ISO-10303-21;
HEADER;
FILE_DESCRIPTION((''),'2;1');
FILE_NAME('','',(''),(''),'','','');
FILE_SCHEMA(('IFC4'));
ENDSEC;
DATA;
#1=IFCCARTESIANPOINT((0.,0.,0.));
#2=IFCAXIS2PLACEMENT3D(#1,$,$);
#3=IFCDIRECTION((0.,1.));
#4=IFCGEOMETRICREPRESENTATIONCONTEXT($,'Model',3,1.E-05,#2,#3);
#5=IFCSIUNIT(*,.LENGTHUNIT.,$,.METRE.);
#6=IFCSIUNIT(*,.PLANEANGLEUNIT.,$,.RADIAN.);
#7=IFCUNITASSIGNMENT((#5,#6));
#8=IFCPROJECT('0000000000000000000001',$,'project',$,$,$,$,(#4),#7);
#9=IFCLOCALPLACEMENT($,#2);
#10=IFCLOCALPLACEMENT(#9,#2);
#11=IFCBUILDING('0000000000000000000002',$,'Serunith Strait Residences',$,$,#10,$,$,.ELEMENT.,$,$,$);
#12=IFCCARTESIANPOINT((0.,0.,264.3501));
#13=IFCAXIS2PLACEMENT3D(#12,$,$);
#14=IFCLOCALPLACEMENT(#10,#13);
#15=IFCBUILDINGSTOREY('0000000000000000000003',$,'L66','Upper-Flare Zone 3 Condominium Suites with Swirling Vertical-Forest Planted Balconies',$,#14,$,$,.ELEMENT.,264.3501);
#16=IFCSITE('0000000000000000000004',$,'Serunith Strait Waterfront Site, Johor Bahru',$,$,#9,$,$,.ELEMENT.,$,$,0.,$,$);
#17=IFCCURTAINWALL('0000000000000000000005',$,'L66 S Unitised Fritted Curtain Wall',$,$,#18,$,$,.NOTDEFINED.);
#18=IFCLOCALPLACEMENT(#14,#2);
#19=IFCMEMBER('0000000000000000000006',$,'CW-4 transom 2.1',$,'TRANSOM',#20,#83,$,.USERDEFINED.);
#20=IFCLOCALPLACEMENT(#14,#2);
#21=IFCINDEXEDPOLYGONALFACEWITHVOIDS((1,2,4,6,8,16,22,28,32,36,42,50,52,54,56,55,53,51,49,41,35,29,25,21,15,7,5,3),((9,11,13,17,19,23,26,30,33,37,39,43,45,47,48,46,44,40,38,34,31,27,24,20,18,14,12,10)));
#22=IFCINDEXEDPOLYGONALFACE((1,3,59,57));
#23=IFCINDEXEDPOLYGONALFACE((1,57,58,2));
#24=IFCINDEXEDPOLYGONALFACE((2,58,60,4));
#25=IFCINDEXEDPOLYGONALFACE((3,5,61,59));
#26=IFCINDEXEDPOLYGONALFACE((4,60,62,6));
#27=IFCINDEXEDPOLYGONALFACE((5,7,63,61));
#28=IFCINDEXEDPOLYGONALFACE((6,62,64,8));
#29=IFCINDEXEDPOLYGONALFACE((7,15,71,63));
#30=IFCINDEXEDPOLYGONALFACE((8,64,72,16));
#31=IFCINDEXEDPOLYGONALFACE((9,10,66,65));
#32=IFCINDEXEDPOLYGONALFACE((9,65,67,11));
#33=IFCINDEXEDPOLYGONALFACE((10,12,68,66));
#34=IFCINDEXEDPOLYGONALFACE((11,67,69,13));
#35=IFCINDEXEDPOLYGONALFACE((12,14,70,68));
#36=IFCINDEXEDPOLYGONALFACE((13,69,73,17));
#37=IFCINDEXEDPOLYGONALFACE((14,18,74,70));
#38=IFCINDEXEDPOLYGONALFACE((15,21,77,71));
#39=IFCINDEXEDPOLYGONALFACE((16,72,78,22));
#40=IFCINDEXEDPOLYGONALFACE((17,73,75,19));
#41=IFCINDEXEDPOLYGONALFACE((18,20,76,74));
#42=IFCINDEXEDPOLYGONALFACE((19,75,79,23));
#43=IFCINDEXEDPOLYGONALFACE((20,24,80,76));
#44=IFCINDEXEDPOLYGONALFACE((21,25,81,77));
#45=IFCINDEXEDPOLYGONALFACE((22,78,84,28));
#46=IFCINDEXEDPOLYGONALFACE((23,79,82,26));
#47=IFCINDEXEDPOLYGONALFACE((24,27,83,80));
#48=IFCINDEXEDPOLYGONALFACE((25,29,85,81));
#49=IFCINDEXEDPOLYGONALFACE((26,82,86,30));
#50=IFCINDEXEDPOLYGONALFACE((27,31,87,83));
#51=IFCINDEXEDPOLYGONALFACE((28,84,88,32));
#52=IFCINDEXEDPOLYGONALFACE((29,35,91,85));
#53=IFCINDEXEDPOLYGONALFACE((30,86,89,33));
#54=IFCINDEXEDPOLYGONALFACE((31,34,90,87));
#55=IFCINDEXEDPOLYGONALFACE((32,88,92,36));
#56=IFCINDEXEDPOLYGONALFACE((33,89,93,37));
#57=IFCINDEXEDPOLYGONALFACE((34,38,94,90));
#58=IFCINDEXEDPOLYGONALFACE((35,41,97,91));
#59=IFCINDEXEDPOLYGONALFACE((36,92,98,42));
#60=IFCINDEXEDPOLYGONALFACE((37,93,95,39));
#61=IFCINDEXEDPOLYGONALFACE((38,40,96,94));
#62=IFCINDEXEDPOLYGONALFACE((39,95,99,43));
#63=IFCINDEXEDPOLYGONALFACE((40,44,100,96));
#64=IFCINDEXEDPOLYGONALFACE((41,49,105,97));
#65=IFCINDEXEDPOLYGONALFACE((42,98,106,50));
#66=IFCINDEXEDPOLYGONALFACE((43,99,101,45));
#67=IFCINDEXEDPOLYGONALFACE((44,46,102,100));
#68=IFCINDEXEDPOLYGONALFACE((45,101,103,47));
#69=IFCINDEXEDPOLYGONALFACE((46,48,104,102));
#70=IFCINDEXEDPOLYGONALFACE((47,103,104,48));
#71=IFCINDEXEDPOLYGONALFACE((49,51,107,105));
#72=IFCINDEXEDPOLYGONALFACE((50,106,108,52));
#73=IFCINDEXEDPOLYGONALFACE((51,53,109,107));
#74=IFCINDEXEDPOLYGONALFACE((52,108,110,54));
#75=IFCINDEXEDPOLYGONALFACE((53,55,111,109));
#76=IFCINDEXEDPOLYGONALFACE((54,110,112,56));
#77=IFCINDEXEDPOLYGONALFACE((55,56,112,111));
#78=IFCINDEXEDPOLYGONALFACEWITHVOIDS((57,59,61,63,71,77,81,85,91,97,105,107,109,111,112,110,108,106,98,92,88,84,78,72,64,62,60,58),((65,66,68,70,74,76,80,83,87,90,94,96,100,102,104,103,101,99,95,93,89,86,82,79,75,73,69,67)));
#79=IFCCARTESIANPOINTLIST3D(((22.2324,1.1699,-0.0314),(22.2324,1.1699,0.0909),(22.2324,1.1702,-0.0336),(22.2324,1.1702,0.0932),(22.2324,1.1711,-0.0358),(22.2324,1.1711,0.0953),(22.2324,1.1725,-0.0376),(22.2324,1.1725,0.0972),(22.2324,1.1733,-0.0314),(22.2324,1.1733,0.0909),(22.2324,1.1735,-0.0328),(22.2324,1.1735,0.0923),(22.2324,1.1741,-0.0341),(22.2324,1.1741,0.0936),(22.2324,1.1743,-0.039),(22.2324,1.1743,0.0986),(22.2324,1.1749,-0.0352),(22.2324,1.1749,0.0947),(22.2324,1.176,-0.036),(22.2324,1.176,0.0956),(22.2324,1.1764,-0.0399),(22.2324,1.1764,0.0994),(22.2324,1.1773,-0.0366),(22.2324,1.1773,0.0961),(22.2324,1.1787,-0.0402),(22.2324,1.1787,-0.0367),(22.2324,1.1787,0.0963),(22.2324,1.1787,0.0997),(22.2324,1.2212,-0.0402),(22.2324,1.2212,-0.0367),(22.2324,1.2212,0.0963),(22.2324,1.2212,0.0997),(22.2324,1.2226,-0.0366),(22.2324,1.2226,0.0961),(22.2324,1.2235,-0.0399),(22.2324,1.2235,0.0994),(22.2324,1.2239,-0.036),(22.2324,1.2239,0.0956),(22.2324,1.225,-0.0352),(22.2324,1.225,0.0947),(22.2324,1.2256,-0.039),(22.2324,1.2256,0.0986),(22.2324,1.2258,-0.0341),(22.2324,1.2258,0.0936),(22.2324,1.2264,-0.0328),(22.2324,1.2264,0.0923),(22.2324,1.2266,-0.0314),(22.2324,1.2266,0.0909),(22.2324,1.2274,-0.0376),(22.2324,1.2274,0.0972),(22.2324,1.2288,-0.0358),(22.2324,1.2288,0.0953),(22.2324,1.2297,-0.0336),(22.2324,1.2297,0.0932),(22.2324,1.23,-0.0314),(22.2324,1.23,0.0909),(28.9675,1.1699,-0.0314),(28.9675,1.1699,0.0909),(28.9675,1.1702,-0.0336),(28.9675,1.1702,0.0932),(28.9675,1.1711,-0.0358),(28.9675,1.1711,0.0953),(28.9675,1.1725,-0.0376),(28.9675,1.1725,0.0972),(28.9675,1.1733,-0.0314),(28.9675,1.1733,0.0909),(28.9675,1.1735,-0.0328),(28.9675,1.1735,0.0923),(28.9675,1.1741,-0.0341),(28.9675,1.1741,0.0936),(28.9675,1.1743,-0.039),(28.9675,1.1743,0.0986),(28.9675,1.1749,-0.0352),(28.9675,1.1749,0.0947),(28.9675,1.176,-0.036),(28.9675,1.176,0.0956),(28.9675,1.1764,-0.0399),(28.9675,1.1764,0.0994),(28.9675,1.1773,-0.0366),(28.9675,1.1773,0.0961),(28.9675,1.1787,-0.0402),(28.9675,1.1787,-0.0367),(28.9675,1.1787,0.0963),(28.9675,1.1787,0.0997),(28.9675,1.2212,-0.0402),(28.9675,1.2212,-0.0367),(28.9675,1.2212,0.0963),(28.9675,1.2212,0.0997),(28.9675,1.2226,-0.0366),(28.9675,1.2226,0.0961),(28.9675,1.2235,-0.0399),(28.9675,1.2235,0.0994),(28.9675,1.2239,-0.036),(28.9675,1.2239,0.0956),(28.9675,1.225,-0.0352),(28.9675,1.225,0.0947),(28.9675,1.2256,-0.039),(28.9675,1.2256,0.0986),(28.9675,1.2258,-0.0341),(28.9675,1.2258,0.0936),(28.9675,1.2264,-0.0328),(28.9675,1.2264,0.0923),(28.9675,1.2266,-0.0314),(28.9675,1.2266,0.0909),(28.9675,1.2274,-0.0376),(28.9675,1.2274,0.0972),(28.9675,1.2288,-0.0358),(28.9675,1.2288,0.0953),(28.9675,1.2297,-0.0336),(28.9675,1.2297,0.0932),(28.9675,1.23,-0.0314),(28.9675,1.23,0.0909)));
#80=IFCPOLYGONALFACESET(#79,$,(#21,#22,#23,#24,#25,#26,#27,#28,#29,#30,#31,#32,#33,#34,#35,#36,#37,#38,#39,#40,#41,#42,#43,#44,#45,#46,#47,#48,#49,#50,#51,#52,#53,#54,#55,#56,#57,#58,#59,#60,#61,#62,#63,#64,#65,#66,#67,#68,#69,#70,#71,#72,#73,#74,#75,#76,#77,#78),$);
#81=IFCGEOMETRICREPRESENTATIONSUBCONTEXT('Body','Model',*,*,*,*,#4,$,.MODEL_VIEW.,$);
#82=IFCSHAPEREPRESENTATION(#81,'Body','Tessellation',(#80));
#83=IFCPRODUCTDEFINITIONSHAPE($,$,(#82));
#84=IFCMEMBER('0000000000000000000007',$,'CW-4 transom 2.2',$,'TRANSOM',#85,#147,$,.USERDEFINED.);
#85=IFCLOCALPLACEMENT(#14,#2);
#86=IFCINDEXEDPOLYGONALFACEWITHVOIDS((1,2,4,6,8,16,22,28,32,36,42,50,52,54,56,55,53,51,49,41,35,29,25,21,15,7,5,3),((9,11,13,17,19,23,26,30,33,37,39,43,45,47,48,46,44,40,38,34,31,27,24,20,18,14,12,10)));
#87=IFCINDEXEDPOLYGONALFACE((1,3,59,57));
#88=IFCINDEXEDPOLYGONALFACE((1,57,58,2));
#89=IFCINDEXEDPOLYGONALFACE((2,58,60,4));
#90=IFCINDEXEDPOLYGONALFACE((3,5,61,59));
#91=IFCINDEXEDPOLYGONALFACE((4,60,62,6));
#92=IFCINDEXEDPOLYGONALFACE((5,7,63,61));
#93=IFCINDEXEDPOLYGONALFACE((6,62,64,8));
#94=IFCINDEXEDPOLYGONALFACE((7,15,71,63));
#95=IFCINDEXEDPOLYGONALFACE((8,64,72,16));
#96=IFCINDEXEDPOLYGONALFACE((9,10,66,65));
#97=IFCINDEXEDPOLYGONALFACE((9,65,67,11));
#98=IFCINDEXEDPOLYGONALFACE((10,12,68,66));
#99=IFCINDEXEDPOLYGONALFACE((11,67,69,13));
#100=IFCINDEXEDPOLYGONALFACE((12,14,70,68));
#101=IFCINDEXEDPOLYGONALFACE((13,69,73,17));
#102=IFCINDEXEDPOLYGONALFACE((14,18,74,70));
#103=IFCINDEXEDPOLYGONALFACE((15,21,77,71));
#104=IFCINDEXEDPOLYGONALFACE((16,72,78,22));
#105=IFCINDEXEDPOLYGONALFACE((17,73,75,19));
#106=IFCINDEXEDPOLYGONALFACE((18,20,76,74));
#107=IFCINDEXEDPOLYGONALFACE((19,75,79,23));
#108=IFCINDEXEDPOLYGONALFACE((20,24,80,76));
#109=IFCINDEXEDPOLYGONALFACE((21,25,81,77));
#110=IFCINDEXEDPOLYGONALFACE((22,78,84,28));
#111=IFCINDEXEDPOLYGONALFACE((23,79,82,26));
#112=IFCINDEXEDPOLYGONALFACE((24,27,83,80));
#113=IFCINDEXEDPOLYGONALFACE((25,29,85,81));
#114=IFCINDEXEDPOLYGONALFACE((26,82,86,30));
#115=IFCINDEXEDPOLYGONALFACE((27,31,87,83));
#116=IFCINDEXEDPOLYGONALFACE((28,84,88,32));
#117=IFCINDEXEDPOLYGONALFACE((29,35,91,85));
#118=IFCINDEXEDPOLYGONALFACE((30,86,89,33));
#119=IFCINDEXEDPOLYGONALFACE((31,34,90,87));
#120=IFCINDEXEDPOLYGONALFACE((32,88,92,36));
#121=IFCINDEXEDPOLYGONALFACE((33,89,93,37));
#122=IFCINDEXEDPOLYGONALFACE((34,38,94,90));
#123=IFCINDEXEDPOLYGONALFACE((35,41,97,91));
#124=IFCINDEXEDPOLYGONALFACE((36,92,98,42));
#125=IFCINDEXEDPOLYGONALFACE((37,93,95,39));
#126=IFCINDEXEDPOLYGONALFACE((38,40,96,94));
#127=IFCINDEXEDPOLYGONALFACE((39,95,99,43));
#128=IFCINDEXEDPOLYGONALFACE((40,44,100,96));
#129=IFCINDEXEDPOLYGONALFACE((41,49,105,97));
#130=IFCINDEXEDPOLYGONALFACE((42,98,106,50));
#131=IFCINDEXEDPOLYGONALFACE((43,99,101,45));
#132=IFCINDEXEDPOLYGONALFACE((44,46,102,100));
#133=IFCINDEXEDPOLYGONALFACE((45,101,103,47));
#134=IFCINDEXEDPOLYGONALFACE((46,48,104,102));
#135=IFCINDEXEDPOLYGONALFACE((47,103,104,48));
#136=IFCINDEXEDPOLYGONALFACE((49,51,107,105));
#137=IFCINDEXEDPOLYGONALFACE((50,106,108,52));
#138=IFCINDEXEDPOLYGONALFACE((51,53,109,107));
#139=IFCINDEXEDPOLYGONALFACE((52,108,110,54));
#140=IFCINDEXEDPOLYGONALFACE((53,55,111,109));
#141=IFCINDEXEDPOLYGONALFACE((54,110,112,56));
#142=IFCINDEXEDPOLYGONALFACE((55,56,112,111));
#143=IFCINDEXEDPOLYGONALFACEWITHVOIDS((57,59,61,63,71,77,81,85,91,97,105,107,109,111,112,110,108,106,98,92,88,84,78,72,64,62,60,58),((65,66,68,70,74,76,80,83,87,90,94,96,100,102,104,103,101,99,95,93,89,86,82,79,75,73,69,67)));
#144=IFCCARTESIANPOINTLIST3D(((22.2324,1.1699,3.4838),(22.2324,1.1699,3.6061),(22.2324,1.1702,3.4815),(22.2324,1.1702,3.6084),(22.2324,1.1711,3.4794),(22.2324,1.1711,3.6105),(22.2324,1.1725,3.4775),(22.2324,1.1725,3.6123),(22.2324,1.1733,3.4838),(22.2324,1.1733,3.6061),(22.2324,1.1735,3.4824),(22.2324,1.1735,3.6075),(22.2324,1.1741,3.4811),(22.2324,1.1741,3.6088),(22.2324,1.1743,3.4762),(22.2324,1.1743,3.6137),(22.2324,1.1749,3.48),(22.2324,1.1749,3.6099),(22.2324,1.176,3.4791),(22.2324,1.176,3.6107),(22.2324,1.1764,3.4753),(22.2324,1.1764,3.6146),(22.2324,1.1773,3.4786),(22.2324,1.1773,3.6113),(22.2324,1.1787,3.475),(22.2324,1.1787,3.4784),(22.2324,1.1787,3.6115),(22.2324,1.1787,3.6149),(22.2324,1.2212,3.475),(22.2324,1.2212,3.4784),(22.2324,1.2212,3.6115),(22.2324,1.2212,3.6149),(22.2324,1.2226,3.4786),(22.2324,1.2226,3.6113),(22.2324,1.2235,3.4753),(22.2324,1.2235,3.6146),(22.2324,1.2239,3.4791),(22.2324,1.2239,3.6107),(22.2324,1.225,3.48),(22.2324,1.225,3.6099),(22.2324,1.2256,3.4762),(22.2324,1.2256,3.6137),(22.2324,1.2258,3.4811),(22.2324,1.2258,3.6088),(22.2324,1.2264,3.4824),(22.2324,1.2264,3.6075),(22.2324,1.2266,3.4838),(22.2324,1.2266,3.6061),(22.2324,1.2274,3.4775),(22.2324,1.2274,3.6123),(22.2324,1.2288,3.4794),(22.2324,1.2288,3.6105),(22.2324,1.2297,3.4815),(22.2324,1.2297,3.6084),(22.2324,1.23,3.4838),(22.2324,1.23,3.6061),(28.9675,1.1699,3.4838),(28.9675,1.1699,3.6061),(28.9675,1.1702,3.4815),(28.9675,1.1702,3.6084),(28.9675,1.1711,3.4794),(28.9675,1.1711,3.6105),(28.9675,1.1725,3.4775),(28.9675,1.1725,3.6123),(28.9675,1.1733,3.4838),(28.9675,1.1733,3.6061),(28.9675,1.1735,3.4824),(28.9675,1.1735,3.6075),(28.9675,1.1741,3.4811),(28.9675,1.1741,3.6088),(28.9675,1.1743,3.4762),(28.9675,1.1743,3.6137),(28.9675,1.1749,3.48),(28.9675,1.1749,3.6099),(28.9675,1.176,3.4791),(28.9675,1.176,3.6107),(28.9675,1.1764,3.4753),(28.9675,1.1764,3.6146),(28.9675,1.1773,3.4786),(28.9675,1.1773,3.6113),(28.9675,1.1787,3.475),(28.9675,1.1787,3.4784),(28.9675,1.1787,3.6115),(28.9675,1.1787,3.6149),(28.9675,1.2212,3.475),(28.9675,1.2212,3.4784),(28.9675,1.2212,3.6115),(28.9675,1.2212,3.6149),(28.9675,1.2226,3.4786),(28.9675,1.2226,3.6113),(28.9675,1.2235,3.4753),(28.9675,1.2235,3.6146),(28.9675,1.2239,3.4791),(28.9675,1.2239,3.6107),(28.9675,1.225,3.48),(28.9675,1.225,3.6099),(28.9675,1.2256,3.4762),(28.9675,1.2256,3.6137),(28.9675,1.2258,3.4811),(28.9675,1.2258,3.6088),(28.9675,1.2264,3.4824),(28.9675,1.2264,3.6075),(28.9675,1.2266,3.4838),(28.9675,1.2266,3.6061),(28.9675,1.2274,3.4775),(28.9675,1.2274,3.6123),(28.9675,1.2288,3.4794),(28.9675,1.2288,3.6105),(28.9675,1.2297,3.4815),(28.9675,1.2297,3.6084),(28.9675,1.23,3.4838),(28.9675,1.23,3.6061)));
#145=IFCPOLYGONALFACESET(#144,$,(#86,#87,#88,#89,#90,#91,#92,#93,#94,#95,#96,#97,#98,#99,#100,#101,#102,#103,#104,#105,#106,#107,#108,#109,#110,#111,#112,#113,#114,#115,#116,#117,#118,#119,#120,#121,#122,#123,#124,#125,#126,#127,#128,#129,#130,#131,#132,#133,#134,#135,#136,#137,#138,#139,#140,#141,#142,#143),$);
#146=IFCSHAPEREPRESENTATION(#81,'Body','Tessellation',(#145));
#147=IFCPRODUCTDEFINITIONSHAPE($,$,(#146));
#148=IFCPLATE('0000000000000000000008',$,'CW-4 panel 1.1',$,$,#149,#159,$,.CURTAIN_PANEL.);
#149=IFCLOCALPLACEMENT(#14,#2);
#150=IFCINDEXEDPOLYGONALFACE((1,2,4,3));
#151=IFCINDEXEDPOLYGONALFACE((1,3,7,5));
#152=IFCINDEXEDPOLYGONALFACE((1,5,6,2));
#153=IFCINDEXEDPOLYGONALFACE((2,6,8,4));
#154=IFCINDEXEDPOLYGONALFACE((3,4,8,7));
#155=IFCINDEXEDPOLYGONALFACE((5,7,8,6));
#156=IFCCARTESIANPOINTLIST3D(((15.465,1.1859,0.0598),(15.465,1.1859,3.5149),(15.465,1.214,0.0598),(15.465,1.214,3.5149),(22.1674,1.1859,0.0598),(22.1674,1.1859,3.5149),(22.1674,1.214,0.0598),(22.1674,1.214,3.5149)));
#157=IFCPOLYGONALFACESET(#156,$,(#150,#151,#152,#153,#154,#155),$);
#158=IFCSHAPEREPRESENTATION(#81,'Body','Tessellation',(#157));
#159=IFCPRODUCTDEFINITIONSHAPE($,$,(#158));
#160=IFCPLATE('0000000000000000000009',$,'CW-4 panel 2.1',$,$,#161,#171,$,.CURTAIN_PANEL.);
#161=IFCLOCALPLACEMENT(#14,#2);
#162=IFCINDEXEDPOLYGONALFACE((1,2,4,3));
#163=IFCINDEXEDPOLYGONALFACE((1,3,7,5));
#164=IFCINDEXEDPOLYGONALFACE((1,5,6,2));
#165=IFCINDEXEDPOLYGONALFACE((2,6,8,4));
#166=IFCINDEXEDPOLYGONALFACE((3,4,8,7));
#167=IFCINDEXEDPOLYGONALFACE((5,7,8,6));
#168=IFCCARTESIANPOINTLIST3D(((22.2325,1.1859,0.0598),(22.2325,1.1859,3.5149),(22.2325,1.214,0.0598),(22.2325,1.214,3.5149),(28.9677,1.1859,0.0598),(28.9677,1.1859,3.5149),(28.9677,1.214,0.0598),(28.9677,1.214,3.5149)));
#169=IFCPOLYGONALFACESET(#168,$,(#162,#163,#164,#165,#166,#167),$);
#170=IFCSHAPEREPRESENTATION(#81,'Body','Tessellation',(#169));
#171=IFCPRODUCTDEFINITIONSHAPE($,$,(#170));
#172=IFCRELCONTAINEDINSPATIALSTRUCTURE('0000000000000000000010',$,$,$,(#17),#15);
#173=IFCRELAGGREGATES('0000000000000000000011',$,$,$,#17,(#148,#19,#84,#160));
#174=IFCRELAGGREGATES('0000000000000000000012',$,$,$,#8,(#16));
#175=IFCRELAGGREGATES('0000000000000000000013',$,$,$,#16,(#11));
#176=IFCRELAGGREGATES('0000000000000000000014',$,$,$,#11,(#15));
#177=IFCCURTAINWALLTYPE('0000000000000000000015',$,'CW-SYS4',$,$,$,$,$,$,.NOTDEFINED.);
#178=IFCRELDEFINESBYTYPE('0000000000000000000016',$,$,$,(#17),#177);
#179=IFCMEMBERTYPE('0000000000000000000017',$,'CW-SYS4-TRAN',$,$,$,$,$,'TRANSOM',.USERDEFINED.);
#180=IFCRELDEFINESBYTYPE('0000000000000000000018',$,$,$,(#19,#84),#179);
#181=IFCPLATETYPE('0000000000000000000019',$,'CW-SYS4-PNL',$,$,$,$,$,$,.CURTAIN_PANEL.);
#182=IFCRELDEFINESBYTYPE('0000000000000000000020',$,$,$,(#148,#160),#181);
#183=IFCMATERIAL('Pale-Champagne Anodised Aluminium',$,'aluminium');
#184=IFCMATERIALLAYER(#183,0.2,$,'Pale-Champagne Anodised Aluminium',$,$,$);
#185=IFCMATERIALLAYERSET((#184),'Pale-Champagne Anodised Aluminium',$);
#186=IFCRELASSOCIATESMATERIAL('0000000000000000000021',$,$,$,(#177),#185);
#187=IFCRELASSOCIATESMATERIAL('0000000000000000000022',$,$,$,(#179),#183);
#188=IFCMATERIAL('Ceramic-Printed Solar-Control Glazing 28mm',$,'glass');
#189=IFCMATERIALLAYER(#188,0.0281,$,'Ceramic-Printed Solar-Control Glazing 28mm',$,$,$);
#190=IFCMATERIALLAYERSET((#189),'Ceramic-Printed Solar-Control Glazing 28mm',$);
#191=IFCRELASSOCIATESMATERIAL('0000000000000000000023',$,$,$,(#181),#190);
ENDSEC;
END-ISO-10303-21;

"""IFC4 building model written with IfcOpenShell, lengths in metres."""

from ifc_helpers import new_model, si_unit, direction, frame, origin, origin_2d, place, context, subcontext, project, spatial, rectangle, hollow_rectangle, extrude, source, transform, mapped, material, layer, layer_set, material_profile, profile_set, type_object, element, aggregate, save


model = new_model("IFC4")

# Units and contexts
model_context = context("Model", 3, precision=1e-05, world=origin(), true_north=direction((0.0, 1.0)))
body_context = subcontext(model_context, "Body", "Model", "MODEL_VIEW")
ifc_project = project(units=[si_unit("LENGTHUNIT", "METRE"), si_unit("PLANEANGLEUNIT", "RADIAN")], contexts=[model_context])

# Site, building, storey
site_placement = place(None, origin())
site = spatial("IfcSite", under=ifc_project, at=site_placement, Name="Serunith Strait Waterfront Site, Johor Bahru", CompositionType="ELEMENT", RefElevation=0.0)
building_placement = place(site_placement, origin())
building = spatial("IfcBuilding", under=site, at=building_placement, Name="Serunith Strait Residences", CompositionType="ELEMENT")
storey_placement = place(building_placement, frame((0.0, 0.0, 264.3501)))
storey = spatial("IfcBuildingStorey", under=building, at=storey_placement, Name="L66", Description="Upper-Flare Zone 3 Condominium Suites with Swirling Vertical-Forest Planted Balconies", CompositionType="ELEMENT", Elevation=264.3501)

# Curtain wall, members, plates
ifc_material_1 = material(Name="Pale-Champagne Anodised Aluminium", Category="aluminium")
ifc_layer_1 = layer(ifc_material_1, 0.2, Name="Pale-Champagne Anodised Aluminium")
ifc_layer_set_1 = layer_set([ifc_layer_1], Name="Pale-Champagne Anodised Aluminium")
curtain_wall_type = type_object("IfcCurtainWallType", Name="CW-SYS4", PredefinedType="NOTDEFINED", material=ifc_layer_set_1)
curtain_wall_placement = place(storey_placement, origin())
curtain_wall = element("IfcCurtainWall", 1, at=curtain_wall_placement, inside=storey, type_object=curtain_wall_type, Name="L66 S Unitised Fritted Curtain Wall", PredefinedType="NOTDEFINED")
ifc_material_profile_1 = material_profile(ifc_material_1, hollow_rectangle(XDim=0.0601, YDim=0.1399, WallThickness=0.0034, InnerFilletRadius=0.0054, OuterFilletRadius=0.0088, at=origin_2d()), Name="ALU 140x60x3.5")
ifc_profile_set_1 = profile_set([ifc_material_profile_1], Name="Pale-Champagne Anodised Aluminium")
member_type_1 = type_object("IfcMemberType", Name="CW-SYS4-TRAN", ElementType="TRANSOM", PredefinedType="USERDEFINED", material=ifc_profile_set_1)
shared_shape_1 = source(origin(), body_context, "Body", "SweptSolid", [
    extrude(hollow_rectangle(XDim=0.0601, YDim=0.1399, WallThickness=0.0034, InnerFilletRadius=0.0054, OuterFilletRadius=0.0088, at=origin_2d()), origin(), (0.0, 0.0, 1.0), 6.7351),
])
member_1_placement = place(storey_placement, frame((22.2324, 1.2, 0.0298), z_axis=(1.0, 0.0, 0.0), x_axis=(0.0, 1.0, 0.0)))
member_1 = element("IfcMember", 2, at=member_1_placement, type_object=member_type_1, Name="CW-4 transom 2.1", ObjectType="TRANSOM", PredefinedType="USERDEFINED", context=body_context, shape_type="MappedRepresentation", body=[
    mapped(shared_shape_1, transform((0.0, 0.0, 0.0), scale=1.0)),
])
member_2_placement = place(storey_placement, frame((22.2324, 1.2, 3.5449), z_axis=(1.0, 0.0, 0.0), x_axis=(0.0, 1.0, 0.0)))
member_2 = element("IfcMember", 3, at=member_2_placement, type_object=member_type_1, Name="CW-4 transom 2.2", ObjectType="TRANSOM", PredefinedType="USERDEFINED", context=body_context, shape_type="MappedRepresentation", body=[
    mapped(shared_shape_1, transform((0.0, 0.0, 0.0), scale=1.0)),
])
ifc_material_2 = material(Name="Ceramic-Printed Solar-Control Glazing 28mm", Category="glass")
ifc_layer_2 = layer(ifc_material_2, 0.0281, Name="Ceramic-Printed Solar-Control Glazing 28mm")
ifc_layer_set_2 = layer_set([ifc_layer_2], Name="Ceramic-Printed Solar-Control Glazing 28mm")
plate_type = type_object("IfcPlateType", Name="CW-SYS4-PNL", PredefinedType="CURTAIN_PANEL", material=ifc_layer_set_2)
shared_shape_2 = source(origin(), body_context, "Body", "SweptSolid", [
    extrude(rectangle(XDim=6.7024, YDim=0.0281, at=origin_2d()), origin(), (0.0, 0.0, 1.0), 3.4551),
])
plate_1_placement = place(storey_placement, frame((18.8162, 1.2, 0.0598), z_axis=(0.0, 0.0, 1.0), x_axis=(1.0, 0.0, 0.0)))
plate_1 = element("IfcPlate", 4, at=plate_1_placement, type_object=plate_type, Name="CW-4 panel 1.1", PredefinedType="CURTAIN_PANEL", context=body_context, shape_type="MappedRepresentation", body=[
    mapped(shared_shape_2, transform((0.0, 0.0, 0.0), scale=1.0)),
])
shared_shape_3 = source(origin(), body_context, "Body", "SweptSolid", [
    extrude(rectangle(XDim=6.7351, YDim=0.0281, at=origin_2d()), origin(), (0.0, 0.0, 1.0), 3.4551),
])
plate_2_placement = place(storey_placement, frame((25.6001, 1.2, 0.0598), z_axis=(0.0, 0.0, 1.0), x_axis=(1.0, 0.0, 0.0)))
plate_2 = element("IfcPlate", 5, at=plate_2_placement, type_object=plate_type, Name="CW-4 panel 2.1", PredefinedType="CURTAIN_PANEL", context=body_context, shape_type="MappedRepresentation", body=[
    mapped(shared_shape_3, transform((0.0, 0.0, 0.0), scale=1.0)),
])
aggregate(curtain_wall, [plate_1, member_1, member_2, plate_2])

save(model, "model.ifc")
